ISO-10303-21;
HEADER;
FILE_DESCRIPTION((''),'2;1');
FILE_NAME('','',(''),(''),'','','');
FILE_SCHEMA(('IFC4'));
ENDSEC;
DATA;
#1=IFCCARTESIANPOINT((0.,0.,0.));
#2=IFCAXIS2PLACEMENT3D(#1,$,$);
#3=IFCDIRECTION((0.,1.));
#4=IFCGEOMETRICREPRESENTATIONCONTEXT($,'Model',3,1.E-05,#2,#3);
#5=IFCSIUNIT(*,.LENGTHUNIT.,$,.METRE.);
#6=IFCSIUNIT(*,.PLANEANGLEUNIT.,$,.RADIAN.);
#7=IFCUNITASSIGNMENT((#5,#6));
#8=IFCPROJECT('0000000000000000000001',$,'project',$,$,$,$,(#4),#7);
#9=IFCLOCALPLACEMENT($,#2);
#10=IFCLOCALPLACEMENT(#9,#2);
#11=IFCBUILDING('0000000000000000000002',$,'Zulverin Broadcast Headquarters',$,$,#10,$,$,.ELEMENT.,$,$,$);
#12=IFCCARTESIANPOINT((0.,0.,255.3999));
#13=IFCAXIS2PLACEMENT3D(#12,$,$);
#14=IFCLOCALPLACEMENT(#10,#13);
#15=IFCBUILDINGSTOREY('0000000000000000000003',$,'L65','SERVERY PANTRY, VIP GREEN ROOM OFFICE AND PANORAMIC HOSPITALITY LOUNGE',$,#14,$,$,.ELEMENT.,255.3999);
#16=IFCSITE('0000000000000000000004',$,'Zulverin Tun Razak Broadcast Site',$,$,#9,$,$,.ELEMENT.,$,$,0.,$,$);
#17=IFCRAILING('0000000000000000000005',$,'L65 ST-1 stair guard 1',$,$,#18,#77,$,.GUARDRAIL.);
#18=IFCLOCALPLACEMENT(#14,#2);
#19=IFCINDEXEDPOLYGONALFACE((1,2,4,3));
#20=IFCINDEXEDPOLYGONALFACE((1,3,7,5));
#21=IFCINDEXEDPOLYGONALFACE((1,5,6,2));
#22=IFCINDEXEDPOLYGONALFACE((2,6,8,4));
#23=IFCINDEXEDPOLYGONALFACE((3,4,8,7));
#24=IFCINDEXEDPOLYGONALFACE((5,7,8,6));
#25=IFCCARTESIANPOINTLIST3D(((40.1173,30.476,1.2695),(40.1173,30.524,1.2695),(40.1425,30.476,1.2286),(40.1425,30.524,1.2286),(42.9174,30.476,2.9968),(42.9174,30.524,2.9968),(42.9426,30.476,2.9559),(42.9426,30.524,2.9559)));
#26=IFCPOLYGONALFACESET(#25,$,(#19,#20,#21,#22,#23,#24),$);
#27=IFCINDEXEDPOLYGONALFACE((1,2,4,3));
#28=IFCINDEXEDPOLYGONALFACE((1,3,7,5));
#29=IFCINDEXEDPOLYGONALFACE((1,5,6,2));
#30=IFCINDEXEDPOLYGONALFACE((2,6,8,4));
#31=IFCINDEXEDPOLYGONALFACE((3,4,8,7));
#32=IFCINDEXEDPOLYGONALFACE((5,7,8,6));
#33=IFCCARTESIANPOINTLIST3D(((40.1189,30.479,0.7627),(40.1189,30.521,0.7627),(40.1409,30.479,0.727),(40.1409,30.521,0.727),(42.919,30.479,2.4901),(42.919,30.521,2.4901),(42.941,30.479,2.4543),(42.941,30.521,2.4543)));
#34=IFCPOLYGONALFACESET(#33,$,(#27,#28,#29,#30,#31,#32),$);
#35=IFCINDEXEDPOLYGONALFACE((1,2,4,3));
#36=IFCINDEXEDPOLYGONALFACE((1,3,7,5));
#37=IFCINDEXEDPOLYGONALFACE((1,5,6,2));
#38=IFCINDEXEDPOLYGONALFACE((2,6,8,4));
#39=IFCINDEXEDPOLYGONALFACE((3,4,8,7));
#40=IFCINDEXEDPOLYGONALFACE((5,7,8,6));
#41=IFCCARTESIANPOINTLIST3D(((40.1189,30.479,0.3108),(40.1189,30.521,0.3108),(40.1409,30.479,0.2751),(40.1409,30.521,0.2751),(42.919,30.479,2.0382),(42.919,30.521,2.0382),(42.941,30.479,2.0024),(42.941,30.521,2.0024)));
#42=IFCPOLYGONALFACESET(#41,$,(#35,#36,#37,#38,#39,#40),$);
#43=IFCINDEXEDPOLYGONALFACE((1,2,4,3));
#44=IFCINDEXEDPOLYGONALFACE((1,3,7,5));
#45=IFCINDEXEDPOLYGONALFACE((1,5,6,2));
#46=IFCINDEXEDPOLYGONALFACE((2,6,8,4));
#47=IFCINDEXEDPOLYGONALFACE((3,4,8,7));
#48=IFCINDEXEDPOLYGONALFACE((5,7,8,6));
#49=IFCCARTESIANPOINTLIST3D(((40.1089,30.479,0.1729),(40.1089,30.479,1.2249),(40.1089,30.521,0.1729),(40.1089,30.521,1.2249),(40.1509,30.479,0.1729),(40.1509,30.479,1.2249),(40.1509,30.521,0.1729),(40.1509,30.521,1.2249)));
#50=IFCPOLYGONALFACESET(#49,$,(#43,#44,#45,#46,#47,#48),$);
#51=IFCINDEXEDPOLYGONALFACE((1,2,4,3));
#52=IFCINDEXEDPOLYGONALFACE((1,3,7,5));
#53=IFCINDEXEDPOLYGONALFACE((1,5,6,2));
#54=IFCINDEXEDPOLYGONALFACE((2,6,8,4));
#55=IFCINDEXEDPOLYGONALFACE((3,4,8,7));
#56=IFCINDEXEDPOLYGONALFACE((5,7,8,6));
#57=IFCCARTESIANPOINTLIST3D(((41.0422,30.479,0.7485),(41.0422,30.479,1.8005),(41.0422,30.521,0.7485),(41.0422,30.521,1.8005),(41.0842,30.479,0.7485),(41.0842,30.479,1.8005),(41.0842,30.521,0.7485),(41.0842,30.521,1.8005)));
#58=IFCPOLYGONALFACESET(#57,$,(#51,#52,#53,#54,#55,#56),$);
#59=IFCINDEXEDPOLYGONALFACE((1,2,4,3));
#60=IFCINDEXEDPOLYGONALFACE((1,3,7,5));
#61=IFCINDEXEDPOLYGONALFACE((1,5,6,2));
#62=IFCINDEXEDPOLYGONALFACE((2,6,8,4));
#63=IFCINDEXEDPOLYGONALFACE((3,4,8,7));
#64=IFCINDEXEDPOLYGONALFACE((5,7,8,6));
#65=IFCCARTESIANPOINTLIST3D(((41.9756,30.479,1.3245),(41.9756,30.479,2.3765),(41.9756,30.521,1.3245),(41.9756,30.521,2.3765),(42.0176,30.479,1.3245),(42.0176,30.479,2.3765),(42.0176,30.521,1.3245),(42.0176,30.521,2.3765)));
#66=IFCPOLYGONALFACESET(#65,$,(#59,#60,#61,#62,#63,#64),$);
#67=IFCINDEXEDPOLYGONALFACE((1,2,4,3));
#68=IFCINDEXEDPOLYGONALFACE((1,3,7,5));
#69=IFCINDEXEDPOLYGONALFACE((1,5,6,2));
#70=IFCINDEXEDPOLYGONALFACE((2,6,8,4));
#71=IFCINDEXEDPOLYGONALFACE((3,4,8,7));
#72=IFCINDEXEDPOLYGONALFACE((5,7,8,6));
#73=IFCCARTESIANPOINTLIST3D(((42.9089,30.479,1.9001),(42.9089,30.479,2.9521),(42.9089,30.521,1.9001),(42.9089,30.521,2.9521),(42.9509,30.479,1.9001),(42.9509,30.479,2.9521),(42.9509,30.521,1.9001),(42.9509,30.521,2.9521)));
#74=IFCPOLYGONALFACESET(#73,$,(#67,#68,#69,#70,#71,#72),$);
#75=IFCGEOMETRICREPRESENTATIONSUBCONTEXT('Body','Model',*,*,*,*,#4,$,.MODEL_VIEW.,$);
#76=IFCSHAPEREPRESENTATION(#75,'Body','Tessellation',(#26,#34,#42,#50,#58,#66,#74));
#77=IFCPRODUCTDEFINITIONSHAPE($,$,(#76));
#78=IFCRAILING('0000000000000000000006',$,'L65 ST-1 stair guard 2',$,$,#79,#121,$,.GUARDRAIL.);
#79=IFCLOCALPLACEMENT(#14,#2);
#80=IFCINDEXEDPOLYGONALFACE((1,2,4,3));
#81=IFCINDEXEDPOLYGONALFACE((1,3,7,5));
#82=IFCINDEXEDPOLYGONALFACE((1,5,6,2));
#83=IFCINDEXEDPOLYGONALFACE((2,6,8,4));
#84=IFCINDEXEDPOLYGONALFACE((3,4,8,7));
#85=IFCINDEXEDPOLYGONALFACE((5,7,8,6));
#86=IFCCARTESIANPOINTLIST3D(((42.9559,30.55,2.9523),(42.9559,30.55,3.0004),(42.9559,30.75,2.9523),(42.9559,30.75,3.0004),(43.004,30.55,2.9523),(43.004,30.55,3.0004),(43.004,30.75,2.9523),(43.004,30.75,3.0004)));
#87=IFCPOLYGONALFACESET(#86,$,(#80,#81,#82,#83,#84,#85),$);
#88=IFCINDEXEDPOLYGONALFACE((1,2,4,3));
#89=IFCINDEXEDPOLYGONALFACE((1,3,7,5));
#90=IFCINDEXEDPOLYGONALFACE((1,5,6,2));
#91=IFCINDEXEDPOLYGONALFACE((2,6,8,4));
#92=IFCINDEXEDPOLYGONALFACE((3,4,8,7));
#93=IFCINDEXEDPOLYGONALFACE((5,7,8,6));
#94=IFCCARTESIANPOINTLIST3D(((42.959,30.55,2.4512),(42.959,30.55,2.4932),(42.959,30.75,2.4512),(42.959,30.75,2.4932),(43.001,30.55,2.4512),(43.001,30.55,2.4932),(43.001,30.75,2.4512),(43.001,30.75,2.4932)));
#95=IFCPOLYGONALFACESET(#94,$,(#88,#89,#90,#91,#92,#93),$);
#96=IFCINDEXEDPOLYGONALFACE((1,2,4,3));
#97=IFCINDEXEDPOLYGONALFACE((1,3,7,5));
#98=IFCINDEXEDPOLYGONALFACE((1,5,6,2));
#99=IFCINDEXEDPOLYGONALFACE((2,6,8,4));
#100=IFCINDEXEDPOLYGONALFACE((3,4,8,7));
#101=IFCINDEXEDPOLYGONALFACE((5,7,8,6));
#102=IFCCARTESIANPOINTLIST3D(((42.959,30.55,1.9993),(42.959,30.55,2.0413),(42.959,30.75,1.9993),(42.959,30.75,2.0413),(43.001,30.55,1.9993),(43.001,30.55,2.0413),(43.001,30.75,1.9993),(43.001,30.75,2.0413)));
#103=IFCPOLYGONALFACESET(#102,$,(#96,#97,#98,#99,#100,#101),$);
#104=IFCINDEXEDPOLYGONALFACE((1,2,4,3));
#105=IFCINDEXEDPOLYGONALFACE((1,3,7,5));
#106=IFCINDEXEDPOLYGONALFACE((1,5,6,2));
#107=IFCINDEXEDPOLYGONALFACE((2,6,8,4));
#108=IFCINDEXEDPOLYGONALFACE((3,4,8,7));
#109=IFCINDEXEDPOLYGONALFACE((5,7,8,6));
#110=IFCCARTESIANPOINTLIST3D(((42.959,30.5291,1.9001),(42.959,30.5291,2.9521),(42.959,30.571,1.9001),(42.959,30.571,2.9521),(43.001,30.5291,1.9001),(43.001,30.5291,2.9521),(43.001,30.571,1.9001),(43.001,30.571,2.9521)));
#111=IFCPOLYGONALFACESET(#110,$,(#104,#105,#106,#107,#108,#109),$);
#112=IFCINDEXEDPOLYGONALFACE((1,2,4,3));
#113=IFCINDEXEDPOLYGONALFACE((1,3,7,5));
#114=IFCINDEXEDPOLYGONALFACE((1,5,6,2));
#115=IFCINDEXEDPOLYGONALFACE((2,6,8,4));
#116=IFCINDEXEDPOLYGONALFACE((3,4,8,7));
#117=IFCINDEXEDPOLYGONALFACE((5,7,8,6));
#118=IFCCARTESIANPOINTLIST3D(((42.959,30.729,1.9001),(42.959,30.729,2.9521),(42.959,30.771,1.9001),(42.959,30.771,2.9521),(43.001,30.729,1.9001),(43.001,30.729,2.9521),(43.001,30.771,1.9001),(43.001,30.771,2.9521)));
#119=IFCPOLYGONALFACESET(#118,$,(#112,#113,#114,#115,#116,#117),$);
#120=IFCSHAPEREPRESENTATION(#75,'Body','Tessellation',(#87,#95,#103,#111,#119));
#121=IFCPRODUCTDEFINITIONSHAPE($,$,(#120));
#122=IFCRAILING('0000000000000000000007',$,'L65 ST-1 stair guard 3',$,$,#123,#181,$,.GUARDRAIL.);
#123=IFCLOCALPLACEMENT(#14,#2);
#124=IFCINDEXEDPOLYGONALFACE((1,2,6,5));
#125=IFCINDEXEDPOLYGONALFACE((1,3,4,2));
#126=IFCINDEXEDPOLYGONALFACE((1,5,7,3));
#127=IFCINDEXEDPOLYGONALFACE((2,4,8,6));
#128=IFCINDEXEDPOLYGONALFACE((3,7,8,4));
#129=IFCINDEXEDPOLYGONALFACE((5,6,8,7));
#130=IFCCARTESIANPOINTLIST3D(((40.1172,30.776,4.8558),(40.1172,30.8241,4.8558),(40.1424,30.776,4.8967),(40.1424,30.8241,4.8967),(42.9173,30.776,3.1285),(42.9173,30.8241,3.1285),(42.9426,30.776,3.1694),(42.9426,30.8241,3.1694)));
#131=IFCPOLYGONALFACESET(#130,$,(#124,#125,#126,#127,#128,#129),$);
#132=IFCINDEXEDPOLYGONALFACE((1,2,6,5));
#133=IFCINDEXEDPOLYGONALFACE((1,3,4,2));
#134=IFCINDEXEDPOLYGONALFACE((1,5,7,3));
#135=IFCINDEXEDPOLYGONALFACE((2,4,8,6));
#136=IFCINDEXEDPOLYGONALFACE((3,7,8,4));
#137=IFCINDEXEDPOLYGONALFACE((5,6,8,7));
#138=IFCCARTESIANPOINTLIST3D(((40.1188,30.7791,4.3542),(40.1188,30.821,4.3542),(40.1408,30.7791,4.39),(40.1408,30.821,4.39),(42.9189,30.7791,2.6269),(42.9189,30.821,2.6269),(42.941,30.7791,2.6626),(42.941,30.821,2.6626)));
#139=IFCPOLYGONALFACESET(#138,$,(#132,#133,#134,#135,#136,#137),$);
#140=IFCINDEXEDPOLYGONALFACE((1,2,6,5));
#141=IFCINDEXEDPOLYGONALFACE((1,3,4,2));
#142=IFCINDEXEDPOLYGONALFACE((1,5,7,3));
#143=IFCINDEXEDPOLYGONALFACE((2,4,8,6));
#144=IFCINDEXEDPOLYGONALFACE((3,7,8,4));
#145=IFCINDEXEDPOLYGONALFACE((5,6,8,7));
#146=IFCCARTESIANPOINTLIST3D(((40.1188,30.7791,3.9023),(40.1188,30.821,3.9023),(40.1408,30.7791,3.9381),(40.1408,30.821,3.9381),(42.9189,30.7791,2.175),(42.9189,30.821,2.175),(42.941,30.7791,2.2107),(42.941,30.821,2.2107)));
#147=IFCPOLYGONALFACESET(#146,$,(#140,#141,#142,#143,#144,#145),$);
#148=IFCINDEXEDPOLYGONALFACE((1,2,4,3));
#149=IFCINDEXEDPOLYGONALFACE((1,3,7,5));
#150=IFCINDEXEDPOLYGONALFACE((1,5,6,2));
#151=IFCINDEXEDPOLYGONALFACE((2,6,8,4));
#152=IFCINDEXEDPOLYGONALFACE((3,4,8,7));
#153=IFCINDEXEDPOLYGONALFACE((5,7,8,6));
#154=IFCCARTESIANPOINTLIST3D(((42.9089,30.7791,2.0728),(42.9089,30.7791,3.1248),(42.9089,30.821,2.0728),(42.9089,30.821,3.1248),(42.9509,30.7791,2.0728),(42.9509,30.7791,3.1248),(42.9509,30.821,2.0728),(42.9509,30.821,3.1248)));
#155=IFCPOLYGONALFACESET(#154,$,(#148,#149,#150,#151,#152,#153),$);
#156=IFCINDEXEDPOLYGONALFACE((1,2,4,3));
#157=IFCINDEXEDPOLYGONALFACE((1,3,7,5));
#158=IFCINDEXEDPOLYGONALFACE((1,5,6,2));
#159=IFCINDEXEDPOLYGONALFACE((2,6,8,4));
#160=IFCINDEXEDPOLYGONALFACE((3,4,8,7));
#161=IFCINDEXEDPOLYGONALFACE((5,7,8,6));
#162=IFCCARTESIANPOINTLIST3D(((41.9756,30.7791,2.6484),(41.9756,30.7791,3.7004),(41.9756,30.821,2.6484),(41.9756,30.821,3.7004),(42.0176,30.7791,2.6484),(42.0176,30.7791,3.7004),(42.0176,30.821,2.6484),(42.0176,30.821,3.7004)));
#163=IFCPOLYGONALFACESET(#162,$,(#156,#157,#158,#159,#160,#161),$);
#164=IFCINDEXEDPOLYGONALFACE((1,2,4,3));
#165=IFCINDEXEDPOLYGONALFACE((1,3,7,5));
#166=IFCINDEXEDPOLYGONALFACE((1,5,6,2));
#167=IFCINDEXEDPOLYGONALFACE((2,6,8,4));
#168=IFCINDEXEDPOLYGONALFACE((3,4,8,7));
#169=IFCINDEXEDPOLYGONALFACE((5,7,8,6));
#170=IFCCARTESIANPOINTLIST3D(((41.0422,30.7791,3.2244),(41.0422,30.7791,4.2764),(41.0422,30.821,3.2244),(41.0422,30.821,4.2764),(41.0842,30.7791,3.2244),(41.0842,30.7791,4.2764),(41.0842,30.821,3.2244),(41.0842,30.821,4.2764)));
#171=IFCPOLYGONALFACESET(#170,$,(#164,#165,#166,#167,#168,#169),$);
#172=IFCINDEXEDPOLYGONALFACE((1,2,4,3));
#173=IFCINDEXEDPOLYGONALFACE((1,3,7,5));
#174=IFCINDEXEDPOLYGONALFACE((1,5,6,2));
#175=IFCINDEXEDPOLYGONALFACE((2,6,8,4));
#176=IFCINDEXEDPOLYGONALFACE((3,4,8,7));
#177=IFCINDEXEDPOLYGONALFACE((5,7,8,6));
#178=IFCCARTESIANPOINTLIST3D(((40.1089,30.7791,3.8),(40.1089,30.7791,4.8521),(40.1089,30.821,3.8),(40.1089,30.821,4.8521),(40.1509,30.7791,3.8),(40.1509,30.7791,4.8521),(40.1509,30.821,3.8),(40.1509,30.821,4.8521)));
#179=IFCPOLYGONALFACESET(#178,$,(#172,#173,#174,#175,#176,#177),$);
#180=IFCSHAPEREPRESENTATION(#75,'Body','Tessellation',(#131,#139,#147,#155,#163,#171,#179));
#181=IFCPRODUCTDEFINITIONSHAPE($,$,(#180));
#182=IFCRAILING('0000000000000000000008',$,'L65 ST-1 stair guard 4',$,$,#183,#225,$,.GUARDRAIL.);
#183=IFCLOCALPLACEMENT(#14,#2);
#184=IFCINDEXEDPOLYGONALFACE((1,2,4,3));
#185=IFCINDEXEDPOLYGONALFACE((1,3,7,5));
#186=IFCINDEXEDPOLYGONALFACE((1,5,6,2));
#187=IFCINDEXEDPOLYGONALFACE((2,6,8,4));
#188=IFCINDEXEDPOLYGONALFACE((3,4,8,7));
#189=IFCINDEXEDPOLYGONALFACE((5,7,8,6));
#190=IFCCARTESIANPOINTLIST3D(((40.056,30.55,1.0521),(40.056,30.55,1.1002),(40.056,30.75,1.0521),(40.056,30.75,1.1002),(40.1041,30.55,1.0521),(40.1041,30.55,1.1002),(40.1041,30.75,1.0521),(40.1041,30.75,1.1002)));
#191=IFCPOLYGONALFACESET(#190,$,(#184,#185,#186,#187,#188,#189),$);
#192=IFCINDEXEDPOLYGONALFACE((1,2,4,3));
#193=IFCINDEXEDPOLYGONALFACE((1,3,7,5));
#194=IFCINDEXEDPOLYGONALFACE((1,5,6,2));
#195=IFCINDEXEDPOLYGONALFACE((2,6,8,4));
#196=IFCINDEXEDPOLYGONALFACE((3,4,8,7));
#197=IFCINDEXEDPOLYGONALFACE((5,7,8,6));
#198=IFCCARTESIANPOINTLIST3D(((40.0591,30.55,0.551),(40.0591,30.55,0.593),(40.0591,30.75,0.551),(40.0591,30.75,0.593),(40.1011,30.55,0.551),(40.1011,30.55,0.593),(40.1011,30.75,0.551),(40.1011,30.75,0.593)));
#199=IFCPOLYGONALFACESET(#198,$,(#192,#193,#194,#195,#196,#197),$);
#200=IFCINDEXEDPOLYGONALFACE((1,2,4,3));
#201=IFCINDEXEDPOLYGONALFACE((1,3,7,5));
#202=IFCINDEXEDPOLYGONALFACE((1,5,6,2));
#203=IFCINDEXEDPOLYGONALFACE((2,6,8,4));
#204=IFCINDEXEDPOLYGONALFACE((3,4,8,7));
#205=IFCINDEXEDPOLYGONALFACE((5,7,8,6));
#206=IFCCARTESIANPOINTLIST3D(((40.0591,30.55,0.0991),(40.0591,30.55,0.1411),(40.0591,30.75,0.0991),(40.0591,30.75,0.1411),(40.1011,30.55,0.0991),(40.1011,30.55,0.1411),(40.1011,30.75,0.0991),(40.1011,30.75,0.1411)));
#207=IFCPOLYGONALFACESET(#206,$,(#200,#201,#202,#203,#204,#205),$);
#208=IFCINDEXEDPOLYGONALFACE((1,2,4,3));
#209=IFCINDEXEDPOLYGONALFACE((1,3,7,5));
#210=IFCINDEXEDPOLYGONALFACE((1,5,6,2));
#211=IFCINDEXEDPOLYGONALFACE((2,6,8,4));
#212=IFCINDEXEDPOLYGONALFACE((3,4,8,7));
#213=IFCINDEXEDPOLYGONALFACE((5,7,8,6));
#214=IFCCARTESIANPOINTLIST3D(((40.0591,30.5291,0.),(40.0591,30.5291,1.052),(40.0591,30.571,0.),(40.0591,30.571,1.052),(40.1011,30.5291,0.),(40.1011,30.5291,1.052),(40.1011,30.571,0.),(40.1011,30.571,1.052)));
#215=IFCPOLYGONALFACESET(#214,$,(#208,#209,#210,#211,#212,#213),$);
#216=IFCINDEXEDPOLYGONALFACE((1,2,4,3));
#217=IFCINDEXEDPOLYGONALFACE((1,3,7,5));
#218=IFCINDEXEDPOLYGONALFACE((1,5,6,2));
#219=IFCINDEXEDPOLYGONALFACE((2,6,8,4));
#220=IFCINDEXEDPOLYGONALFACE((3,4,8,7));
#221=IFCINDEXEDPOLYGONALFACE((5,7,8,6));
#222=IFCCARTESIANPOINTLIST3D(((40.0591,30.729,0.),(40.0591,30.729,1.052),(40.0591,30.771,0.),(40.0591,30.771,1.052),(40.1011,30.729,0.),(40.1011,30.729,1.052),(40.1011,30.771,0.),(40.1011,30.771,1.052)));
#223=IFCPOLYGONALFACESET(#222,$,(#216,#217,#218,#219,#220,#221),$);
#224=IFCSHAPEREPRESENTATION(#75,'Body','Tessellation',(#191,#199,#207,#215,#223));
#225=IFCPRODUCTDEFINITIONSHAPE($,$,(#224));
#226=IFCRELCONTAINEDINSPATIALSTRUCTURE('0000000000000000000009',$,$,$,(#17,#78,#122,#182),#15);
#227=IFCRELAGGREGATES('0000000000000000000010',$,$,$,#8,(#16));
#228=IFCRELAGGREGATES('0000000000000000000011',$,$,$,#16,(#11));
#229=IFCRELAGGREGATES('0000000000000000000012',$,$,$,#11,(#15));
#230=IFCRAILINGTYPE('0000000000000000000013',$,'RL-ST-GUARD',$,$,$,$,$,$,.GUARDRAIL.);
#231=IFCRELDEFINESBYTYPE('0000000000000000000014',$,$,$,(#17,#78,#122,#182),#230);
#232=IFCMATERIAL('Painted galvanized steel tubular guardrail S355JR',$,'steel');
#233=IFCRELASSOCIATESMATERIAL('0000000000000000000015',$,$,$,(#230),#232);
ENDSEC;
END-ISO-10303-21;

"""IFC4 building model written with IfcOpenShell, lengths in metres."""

from ifc_helpers import new_model, si_unit, direction, frame, origin, origin_2d, place, context, subcontext, project, spatial, rectangle, extrude, material, type_object, element, save


model = new_model("IFC4")

# Units and contexts
model_context = context("Model", 3, precision=1e-05, world=origin(), true_north=direction((0.0, 1.0)))
body_context = subcontext(model_context, "Body", "Model", "MODEL_VIEW")
ifc_project = project(units=[si_unit("LENGTHUNIT", "METRE"), si_unit("PLANEANGLEUNIT", "RADIAN")], contexts=[model_context])

# Site, building, storey
site_placement = place(None, origin())
site = spatial("IfcSite", under=ifc_project, at=site_placement, Name="Zulverin Tun Razak Broadcast Site", CompositionType="ELEMENT", RefElevation=0.0)
building_placement = place(site_placement, origin())
building = spatial("IfcBuilding", under=site, at=building_placement, Name="Zulverin Broadcast Headquarters", CompositionType="ELEMENT")
storey_placement = place(building_placement, frame((0.0, 0.0, 255.3999)))
storey = spatial("IfcBuildingStorey", under=building, at=storey_placement, Name="L65", Description="SERVERY PANTRY, VIP GREEN ROOM OFFICE AND PANORAMIC HOSPITALITY LOUNGE", CompositionType="ELEMENT", Elevation=255.3999)

# Railings
ifc_material_1 = material(Name="Painted galvanized steel tubular guardrail S355JR", Category="steel")
railing_type_1 = type_object("IfcRailingType", Name="RL-ST-GUARD", PredefinedType="GUARDRAIL", material=ifc_material_1)
railing_1_placement = place(storey_placement, frame((40.1299, 30.5, 0.1729)))
element("IfcRailing", 1, at=railing_1_placement, inside=storey, type_object=railing_type_1, Name="L65 ST-1 stair guard 1", PredefinedType="GUARDRAIL", context=body_context, shape_type="SweptSolid", body=[
    extrude(rectangle(XDim=0.0481, YDim=0.0481, at=origin_2d()), frame((0.0, 0.0, 1.0762), z_axis=(0.85109, 0.0, 0.52502), x_axis=(0.0, 1.0, 0.0)), (0.0, 0.0, 1.0), 3.29),
    extrude(rectangle(XDim=0.042, YDim=0.042, at=origin_2d()), frame((0.0, 0.0, 0.572), z_axis=(0.85109, 0.0, 0.52502), x_axis=(0.0, 1.0, 0.0)), (0.0, 0.0, 1.0), 3.29),
    extrude(rectangle(XDim=0.042, YDim=0.042, at=origin_2d()), frame((0.0, 0.0, 0.1201), z_axis=(0.85109, 0.0, 0.52502), x_axis=(0.0, 1.0, 0.0)), (0.0, 0.0, 1.0), 3.29),
    extrude(rectangle(XDim=0.042, YDim=0.042, at=origin_2d()), origin(), (0.0, 0.0, 1.0), 1.052),
    extrude(rectangle(XDim=0.042, YDim=0.042, at=origin_2d()), frame((0.9333, 0.0, 0.5757)), (0.0, 0.0, 1.0), 1.052),
    extrude(rectangle(XDim=0.042, YDim=0.042, at=origin_2d()), frame((1.8667, 0.0, 1.1516)), (0.0, 0.0, 1.0), 1.052),
    extrude(rectangle(XDim=0.042, YDim=0.042, at=origin_2d()), frame((2.8, 0.0, 1.7273)), (0.0, 0.0, 1.0), 1.052),
])
railing_2_placement = place(storey_placement, frame((42.98, 30.55, 1.9001)))
element("IfcRailing", 2, at=railing_2_placement, inside=storey, type_object=railing_type_1, Name="L65 ST-1 stair guard 2", PredefinedType="GUARDRAIL", context=body_context, shape_type="SweptSolid", body=[
    extrude(rectangle(XDim=0.0481, YDim=0.0481, at=origin_2d()), frame((0.0, 0.0, 1.0762), z_axis=(0.0, 1.0, 0.0), x_axis=(-1.0, 0.0, 0.0)), (0.0, 0.0, 1.0), 0.2),
    extrude(rectangle(XDim=0.042, YDim=0.042, at=origin_2d()), frame((0.0, 0.0, 0.572), z_axis=(0.0, 1.0, 0.0), x_axis=(-1.0, 0.0, 0.0)), (0.0, 0.0, 1.0), 0.2),
    extrude(rectangle(XDim=0.042, YDim=0.042, at=origin_2d()), frame((0.0, 0.0, 0.1201), z_axis=(0.0, 1.0, 0.0), x_axis=(-1.0, 0.0, 0.0)), (0.0, 0.0, 1.0), 0.2),
    extrude(rectangle(XDim=0.042, YDim=0.042, at=origin_2d()), origin(), (0.0, 0.0, 1.0), 1.052),
    extrude(rectangle(XDim=0.042, YDim=0.042, at=origin_2d()), frame((0.0, 0.2, 0.0)), (0.0, 0.0, 1.0), 1.052),
])
railing_3_placement = place(storey_placement, frame((42.9299, 30.8, 2.0728)))
element("IfcRailing", 3, at=railing_3_placement, inside=storey, type_object=railing_type_1, Name="L65 ST-1 stair guard 3", PredefinedType="GUARDRAIL", context=body_context, shape_type="SweptSolid", body=[
    extrude(rectangle(XDim=0.0481, YDim=0.0481, at=origin_2d()), frame((0.0, 0.0, 1.0762), z_axis=(-0.85109, 0.0, 0.52502), x_axis=(0.0, -1.0, 0.0)), (0.0, 0.0, 1.0), 3.29),
    extrude(rectangle(XDim=0.042, YDim=0.042, at=origin_2d()), frame((0.0, 0.0, 0.572), z_axis=(-0.85109, 0.0, 0.52502), x_axis=(0.0, -1.0, 0.0)), (0.0, 0.0, 1.0), 3.29),
    extrude(rectangle(XDim=0.042, YDim=0.042, at=origin_2d()), frame((0.0, 0.0, 0.1201), z_axis=(-0.85109, 0.0, 0.52502), x_axis=(0.0, -1.0, 0.0)), (0.0, 0.0, 1.0), 3.29),
    extrude(rectangle(XDim=0.042, YDim=0.042, at=origin_2d()), origin(), (0.0, 0.0, 1.0), 1.052),
    extrude(rectangle(XDim=0.042, YDim=0.042, at=origin_2d()), frame((-0.9333, 0.0, 0.5757)), (0.0, 0.0, 1.0), 1.052),
    extrude(rectangle(XDim=0.042, YDim=0.042, at=origin_2d()), frame((-1.8667, 0.0, 1.1516)), (0.0, 0.0, 1.0), 1.052),
    extrude(rectangle(XDim=0.042, YDim=0.042, at=origin_2d()), frame((-2.8, 0.0, 1.7273)), (0.0, 0.0, 1.0), 1.052),
])
railing_4_placement = place(storey_placement, frame((40.0801, 30.55, 0.0)))
element("IfcRailing", 4, at=railing_4_placement, inside=storey, type_object=railing_type_1, Name="L65 ST-1 stair guard 4", PredefinedType="GUARDRAIL", context=body_context, shape_type="SweptSolid", body=[
    extrude(rectangle(XDim=0.0481, YDim=0.0481, at=origin_2d()), frame((0.0, 0.0, 1.0762), z_axis=(0.0, 1.0, 0.0), x_axis=(-1.0, 0.0, 0.0)), (0.0, 0.0, 1.0), 0.2),
    extrude(rectangle(XDim=0.042, YDim=0.042, at=origin_2d()), frame((0.0, 0.0, 0.572), z_axis=(0.0, 1.0, 0.0), x_axis=(-1.0, 0.0, 0.0)), (0.0, 0.0, 1.0), 0.2),
    extrude(rectangle(XDim=0.042, YDim=0.042, at=origin_2d()), frame((0.0, 0.0, 0.1201), z_axis=(0.0, 1.0, 0.0), x_axis=(-1.0, 0.0, 0.0)), (0.0, 0.0, 1.0), 0.2),
    extrude(rectangle(XDim=0.042, YDim=0.042, at=origin_2d()), origin(), (0.0, 0.0, 1.0), 1.052),
    extrude(rectangle(XDim=0.042, YDim=0.042, at=origin_2d()), frame((0.0, 0.2, 0.0)), (0.0, 0.0, 1.0), 1.052),
])

save(model, "model.ifc")
